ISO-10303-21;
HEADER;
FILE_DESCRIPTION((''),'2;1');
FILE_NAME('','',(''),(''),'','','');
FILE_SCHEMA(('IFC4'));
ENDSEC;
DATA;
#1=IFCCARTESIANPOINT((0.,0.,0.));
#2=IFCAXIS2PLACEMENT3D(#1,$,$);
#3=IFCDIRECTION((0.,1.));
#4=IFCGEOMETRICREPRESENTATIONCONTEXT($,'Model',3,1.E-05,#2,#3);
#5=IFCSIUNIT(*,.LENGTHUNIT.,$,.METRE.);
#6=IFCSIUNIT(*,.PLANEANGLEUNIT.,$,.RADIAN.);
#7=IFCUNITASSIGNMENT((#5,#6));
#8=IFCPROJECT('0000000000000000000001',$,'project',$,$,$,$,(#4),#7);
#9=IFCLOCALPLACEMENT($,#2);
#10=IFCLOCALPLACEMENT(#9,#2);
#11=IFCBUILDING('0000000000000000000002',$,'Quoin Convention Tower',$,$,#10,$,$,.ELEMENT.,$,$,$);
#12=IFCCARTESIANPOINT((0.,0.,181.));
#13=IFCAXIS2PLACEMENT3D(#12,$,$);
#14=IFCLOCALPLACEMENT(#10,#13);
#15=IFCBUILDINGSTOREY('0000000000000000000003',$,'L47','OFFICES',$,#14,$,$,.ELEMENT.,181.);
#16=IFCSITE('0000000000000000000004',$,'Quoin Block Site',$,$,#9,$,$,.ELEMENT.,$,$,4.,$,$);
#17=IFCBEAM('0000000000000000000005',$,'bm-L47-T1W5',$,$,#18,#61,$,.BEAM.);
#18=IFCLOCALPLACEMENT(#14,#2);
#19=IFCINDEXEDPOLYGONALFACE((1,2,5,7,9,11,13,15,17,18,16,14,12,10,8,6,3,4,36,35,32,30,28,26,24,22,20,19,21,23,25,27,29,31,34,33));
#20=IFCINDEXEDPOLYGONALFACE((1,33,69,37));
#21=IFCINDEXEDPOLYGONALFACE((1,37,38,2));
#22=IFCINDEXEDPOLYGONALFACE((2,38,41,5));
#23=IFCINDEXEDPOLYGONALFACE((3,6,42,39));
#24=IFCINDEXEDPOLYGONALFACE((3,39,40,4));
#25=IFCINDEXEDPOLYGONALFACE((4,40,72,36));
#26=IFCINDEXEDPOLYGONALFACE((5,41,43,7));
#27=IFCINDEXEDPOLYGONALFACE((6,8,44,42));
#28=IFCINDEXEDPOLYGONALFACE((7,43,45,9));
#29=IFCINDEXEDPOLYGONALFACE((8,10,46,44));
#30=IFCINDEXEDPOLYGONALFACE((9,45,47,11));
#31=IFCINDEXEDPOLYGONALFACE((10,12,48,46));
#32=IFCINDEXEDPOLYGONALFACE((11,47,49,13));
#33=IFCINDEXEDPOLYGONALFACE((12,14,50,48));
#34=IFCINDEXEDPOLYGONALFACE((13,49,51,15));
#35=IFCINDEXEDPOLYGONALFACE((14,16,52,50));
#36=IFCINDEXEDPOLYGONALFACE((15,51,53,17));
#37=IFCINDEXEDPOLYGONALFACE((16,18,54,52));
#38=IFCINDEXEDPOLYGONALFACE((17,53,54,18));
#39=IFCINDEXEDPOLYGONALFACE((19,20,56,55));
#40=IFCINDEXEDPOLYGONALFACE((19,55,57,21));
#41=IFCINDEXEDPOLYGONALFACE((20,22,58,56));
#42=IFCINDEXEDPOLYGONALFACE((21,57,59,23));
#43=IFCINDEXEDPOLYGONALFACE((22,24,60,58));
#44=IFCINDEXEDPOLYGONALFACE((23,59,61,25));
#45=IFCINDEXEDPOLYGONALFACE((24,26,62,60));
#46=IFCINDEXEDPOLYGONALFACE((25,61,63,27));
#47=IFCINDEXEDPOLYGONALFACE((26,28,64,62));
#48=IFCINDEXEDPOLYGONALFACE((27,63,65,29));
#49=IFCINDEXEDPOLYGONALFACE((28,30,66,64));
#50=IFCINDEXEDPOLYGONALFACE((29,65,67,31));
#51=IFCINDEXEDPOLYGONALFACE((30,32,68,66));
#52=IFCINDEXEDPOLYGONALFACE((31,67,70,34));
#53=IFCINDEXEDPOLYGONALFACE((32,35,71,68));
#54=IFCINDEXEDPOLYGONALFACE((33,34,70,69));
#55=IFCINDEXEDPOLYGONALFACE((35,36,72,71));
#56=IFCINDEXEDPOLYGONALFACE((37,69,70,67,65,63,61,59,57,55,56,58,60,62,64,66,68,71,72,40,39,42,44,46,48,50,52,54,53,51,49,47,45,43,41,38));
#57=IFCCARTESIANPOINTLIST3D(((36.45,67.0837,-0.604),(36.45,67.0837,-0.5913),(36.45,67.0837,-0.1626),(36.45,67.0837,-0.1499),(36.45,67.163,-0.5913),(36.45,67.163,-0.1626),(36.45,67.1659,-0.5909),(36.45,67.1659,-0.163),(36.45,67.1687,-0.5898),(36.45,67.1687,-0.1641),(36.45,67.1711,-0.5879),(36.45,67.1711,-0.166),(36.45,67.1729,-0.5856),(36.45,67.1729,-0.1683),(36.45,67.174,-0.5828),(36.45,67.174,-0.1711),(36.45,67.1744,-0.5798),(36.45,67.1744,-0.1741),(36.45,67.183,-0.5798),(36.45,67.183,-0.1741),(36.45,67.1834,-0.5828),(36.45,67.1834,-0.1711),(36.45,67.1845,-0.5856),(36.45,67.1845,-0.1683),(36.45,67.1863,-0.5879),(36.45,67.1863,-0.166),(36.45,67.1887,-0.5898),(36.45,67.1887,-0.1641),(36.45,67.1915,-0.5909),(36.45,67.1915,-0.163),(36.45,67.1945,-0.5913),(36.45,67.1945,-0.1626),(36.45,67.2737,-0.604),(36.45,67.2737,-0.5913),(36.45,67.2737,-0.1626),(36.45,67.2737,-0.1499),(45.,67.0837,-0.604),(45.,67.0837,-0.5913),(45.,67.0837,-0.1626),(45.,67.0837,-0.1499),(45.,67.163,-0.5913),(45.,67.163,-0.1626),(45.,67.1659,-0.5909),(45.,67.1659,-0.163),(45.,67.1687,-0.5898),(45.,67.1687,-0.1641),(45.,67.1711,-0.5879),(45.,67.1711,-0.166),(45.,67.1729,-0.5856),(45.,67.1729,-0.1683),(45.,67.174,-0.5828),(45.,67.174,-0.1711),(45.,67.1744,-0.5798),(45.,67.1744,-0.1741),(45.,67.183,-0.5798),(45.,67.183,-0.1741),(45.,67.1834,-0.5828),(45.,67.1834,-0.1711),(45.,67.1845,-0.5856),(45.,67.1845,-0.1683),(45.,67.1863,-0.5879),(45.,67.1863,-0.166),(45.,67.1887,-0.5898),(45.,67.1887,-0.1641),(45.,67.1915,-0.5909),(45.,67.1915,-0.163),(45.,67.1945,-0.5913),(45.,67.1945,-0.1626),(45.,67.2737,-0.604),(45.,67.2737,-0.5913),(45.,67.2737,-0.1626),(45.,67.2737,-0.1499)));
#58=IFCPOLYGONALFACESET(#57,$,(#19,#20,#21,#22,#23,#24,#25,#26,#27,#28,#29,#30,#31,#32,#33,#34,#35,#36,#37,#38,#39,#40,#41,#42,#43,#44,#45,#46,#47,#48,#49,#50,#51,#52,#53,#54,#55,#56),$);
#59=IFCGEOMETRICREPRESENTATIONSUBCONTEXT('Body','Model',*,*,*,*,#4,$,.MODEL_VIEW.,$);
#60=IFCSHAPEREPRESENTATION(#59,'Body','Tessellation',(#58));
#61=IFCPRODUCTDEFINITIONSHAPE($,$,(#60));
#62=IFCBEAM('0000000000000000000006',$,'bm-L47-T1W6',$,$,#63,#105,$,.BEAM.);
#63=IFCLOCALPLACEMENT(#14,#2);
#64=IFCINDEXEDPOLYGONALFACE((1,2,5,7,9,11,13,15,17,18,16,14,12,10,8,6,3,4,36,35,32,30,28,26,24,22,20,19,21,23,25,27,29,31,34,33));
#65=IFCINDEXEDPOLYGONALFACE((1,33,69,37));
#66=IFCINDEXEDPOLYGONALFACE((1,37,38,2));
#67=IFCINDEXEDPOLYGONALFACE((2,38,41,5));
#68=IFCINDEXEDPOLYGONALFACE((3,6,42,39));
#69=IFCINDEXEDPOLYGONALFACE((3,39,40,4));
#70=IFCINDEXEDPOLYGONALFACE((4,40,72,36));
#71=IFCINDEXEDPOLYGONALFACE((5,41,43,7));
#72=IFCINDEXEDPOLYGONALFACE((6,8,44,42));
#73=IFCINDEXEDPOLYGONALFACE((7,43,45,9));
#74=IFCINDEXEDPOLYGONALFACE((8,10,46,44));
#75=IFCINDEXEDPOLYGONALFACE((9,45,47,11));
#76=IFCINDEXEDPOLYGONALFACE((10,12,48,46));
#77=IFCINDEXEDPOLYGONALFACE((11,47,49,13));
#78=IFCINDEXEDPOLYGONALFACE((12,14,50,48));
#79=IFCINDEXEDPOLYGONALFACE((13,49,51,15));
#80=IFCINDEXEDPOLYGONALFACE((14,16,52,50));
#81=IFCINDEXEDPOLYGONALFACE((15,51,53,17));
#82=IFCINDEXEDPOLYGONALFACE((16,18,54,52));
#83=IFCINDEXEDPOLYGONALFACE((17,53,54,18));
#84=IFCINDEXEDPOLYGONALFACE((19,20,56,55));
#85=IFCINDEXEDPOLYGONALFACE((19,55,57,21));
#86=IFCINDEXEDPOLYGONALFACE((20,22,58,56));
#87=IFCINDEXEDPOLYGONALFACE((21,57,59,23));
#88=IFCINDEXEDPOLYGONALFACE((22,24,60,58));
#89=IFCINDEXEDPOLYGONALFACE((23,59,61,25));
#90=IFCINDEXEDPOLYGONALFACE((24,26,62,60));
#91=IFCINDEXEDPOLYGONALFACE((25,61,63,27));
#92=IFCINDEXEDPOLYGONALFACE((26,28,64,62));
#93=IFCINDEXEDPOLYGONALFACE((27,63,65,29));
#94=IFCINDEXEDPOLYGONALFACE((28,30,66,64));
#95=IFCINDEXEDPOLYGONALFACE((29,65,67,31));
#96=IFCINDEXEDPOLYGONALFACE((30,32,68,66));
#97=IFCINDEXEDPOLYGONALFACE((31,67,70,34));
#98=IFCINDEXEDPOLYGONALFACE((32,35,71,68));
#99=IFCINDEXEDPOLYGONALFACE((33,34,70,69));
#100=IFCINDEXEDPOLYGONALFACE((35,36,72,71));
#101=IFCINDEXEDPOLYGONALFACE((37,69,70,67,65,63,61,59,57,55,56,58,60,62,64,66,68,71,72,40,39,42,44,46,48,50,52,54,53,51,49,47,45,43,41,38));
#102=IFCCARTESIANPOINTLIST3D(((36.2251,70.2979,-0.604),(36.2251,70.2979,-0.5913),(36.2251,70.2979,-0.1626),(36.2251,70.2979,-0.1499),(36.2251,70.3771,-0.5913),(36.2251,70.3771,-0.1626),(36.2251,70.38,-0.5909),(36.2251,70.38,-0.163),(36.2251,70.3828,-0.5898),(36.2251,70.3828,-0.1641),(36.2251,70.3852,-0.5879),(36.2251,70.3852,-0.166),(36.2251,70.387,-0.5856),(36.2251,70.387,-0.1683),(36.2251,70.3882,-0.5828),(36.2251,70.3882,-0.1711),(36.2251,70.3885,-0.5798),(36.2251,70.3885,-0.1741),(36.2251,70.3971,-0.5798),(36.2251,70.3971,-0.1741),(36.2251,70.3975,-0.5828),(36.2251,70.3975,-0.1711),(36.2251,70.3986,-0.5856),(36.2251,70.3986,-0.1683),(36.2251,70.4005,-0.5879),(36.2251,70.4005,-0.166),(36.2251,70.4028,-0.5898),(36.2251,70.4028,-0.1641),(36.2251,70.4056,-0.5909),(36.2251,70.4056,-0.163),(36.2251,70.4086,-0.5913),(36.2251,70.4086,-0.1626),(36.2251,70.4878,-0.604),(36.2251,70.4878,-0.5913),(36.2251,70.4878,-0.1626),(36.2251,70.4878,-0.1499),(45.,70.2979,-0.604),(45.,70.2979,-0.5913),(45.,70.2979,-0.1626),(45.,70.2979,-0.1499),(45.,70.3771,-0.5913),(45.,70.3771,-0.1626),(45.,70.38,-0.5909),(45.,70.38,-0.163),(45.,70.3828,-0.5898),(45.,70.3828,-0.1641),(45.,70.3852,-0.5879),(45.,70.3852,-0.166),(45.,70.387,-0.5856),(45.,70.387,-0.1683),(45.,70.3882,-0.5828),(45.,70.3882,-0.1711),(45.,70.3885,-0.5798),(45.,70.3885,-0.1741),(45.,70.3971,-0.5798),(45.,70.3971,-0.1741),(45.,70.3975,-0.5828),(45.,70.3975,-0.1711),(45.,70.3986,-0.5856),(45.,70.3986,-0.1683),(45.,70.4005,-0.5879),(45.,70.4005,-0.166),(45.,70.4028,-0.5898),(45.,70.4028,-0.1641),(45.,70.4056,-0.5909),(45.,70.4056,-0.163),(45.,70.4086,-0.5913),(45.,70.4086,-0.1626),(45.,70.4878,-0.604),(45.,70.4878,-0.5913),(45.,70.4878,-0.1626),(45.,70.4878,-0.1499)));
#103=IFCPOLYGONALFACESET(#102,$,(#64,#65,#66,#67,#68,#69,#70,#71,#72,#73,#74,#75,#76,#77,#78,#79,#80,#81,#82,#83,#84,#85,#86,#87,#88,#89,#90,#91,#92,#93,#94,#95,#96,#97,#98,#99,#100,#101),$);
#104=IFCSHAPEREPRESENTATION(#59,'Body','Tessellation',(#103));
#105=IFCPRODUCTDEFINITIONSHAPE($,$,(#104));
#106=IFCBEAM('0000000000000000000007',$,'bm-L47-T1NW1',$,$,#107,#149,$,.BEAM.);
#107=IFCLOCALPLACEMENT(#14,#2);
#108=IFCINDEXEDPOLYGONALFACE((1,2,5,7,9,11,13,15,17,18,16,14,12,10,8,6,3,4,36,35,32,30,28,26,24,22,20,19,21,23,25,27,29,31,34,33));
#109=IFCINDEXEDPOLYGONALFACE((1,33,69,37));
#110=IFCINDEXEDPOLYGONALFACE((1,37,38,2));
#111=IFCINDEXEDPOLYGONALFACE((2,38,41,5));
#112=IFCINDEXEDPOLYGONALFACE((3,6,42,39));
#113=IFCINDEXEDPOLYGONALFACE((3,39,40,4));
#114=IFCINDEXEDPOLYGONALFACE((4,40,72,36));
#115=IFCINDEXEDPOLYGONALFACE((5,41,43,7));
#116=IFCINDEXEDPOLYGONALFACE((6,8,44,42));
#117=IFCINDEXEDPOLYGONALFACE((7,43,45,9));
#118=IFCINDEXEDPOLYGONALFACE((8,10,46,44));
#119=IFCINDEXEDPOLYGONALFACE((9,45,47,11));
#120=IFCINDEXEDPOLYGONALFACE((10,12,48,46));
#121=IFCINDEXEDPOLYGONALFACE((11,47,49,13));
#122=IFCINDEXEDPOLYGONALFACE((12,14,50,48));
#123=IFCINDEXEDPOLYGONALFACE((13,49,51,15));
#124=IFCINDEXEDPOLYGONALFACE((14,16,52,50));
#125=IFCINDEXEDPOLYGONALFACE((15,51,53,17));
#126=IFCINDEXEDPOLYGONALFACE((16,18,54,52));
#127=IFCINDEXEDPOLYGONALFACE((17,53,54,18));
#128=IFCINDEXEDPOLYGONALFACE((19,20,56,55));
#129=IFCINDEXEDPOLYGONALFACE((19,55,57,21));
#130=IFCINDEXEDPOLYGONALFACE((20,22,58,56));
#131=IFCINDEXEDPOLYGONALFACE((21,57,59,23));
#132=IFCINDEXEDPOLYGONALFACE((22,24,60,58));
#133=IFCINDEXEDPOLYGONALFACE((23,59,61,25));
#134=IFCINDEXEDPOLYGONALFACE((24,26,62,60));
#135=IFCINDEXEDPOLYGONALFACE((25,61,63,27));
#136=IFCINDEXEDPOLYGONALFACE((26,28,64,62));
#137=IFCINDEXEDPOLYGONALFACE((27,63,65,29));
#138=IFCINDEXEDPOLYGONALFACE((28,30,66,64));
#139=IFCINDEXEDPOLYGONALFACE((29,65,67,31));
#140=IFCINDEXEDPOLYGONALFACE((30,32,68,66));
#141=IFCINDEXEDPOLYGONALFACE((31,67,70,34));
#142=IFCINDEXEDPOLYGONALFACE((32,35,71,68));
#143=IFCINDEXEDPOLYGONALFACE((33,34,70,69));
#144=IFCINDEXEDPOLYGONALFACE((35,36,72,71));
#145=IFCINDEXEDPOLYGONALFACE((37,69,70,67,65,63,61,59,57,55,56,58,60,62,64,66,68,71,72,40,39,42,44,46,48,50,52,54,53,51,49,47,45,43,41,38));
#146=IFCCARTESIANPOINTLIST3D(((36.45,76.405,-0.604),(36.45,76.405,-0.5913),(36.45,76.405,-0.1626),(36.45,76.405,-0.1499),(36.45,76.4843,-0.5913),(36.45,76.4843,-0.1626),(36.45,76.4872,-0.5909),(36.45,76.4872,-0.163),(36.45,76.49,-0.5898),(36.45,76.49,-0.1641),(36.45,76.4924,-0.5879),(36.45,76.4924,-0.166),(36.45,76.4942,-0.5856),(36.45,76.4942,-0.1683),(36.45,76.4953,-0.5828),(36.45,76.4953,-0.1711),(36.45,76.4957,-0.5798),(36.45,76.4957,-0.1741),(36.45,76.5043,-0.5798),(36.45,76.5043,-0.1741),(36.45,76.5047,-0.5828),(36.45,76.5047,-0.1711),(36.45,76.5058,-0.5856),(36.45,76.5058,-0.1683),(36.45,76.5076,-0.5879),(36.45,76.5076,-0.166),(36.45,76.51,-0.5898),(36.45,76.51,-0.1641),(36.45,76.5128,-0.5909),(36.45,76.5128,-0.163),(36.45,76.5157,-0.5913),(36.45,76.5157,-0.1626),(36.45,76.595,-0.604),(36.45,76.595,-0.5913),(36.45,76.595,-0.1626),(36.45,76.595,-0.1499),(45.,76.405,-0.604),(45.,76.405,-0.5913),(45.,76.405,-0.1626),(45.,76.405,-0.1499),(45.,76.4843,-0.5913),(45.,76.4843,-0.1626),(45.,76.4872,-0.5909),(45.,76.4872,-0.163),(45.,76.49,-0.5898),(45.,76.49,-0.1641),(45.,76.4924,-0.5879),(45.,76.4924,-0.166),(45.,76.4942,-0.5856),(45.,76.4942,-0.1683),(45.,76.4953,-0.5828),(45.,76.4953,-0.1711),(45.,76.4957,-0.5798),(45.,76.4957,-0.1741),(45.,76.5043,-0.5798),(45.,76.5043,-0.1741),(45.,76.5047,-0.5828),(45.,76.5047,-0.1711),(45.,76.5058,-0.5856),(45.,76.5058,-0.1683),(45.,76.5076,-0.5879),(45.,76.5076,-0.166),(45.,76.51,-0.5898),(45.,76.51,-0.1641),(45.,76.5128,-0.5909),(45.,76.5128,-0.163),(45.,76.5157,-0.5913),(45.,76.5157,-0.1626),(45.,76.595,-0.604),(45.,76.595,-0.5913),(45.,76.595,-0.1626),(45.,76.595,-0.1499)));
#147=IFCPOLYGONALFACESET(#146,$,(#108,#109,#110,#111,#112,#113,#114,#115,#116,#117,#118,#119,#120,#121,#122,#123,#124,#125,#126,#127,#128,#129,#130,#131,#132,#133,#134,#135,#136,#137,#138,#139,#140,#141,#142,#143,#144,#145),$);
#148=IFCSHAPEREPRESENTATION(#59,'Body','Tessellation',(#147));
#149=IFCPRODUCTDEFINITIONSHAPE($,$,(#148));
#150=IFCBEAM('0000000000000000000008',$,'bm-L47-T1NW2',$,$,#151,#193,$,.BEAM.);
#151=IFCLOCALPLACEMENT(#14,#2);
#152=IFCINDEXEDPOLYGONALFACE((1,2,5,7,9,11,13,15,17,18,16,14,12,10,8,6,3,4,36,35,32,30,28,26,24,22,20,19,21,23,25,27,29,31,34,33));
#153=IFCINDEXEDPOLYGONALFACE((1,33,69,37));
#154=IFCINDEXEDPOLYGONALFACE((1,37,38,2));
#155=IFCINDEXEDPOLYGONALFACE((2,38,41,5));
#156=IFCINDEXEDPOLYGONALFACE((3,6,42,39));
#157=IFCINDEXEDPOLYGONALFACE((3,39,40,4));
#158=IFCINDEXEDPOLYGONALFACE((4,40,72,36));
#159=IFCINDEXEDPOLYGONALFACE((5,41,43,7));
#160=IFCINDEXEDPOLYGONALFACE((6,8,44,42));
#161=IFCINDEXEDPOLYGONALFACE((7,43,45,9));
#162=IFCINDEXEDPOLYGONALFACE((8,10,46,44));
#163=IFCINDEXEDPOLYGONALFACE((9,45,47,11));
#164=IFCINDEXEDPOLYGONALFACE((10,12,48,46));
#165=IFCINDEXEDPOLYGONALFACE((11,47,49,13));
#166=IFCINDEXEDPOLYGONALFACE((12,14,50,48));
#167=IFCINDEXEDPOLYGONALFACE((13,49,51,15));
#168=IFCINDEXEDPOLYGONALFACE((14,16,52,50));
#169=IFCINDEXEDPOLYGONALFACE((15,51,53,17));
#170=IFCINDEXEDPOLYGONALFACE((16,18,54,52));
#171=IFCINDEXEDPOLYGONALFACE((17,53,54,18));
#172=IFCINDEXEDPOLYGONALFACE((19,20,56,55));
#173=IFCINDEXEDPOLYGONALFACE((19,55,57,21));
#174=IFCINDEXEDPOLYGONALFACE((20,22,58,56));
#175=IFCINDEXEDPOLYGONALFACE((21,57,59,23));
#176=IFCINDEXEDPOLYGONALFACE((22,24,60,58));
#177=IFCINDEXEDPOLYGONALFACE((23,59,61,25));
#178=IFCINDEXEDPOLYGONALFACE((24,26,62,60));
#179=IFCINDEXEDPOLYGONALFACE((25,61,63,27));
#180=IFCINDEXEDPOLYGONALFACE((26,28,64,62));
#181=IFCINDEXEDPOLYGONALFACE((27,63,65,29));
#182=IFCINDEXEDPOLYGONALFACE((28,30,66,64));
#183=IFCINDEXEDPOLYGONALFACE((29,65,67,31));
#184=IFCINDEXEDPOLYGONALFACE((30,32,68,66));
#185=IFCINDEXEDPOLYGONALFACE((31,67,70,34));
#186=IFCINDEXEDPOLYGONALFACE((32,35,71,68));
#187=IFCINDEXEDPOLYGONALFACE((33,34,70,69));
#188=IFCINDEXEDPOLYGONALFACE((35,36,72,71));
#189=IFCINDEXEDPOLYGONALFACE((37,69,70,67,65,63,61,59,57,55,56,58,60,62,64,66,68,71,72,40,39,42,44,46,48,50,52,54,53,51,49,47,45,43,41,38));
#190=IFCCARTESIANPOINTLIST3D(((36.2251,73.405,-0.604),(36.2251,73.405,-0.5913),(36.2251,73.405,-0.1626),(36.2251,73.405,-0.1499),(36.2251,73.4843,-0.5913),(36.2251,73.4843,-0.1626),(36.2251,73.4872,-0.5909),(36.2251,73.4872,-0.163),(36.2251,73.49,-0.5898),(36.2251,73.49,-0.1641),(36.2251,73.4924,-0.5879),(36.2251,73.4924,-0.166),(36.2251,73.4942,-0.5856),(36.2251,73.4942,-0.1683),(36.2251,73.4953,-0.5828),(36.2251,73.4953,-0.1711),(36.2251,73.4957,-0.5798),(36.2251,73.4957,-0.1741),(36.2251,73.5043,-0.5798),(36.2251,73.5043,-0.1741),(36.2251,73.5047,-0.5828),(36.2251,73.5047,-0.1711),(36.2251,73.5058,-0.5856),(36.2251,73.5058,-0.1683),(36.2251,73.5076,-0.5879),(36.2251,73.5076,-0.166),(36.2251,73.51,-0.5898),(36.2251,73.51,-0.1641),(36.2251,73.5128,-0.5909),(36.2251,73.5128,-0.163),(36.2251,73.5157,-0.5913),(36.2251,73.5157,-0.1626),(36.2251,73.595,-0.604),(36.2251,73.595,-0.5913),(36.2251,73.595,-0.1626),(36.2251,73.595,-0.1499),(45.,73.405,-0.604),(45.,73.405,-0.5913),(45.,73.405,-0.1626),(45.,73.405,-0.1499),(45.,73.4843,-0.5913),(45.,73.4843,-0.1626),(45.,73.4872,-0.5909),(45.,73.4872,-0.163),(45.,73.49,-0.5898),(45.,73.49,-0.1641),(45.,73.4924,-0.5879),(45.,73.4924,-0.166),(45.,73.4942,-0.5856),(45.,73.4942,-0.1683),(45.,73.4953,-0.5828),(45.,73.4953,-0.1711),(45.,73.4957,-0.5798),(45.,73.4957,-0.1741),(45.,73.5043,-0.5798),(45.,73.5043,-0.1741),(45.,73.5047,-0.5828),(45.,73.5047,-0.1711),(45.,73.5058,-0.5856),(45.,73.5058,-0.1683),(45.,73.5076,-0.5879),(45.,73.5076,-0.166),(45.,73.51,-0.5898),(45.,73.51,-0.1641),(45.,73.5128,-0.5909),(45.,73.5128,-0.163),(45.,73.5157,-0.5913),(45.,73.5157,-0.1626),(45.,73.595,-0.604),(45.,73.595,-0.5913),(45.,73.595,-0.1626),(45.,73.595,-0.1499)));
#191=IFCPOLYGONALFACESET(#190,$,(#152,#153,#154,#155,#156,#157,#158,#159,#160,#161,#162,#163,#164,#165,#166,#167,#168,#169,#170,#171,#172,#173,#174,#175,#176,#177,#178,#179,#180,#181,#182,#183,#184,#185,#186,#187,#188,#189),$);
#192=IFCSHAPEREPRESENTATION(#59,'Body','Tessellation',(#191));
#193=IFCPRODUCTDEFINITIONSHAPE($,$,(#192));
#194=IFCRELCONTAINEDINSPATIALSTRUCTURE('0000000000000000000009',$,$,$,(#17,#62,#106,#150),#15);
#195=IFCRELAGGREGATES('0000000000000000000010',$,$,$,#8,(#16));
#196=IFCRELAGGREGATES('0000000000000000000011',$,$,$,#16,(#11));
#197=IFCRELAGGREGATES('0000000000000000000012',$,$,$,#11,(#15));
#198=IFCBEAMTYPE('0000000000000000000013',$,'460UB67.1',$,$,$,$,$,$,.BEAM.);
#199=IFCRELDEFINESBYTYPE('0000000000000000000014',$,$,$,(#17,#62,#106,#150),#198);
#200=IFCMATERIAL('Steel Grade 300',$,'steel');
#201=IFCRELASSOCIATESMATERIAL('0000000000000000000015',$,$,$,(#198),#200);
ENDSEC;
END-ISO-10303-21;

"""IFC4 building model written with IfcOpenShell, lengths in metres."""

from ifc_helpers import new_model, si_unit, direction, frame, origin, origin_2d, place, context, subcontext, project, spatial, i_section, extrude, material, material_profile, profile_set, type_object, element, save


model = new_model("IFC4")

# Units and contexts
model_context = context("Model", 3, precision=1e-05, world=origin(), true_north=direction((0.0, 1.0)))
body_context = subcontext(model_context, "Body", "Model", "MODEL_VIEW")
ifc_project = project(units=[si_unit("LENGTHUNIT", "METRE"), si_unit("PLANEANGLEUNIT", "RADIAN")], contexts=[model_context])

# Site, building, storey
site_placement = place(None, origin())
site = spatial("IfcSite", under=ifc_project, at=site_placement, Name="Quoin Block Site", CompositionType="ELEMENT", RefElevation=4.0)
building_placement = place(site_placement, origin())
building = spatial("IfcBuilding", under=site, at=building_placement, Name="Quoin Convention Tower", CompositionType="ELEMENT")
storey_placement = place(building_placement, frame((0.0, 0.0, 181.0)))
storey = spatial("IfcBuildingStorey", under=building, at=storey_placement, Name="L47", Description="OFFICES", CompositionType="ELEMENT", Elevation=181.0)

# Beams
ifc_material_1 = material(Name="Steel Grade 300", Category="steel")
ifc_material_profile_1 = material_profile(ifc_material_1, i_section(OverallWidth=0.1899, OverallDepth=0.4541, WebThickness=0.0085, FlangeThickness=0.0127, FilletRadius=0.0115, at=origin_2d()), Name="460UB67.1")
ifc_profile_set_1 = profile_set([ifc_material_profile_1], Name="Steel Grade 300")
beam_type_1 = type_object("IfcBeamType", Name="460UB67.1", PredefinedType="BEAM", material=ifc_profile_set_1)
beam_1_placement = place(storey_placement, frame((36.45, 67.1787, -0.377), z_axis=(1.0, 0.0, 0.0), x_axis=(0.0, 1.0, 0.0)))
element("IfcBeam", 1, at=beam_1_placement, inside=storey, type_object=beam_type_1, Name="bm-L47-T1W5", PredefinedType="BEAM", context=body_context, shape_type="SweptSolid", body=[
    extrude(i_section(OverallWidth=0.1899, OverallDepth=0.4541, WebThickness=0.0085, FlangeThickness=0.0127, FilletRadius=0.0115, at=origin_2d()), origin(), (0.0, 0.0, 1.0), 8.55),
])
beam_2_placement = place(storey_placement, frame((36.2251, 70.3928, -0.377), z_axis=(1.0, 0.0, 0.0), x_axis=(0.0, 1.0, 0.0)))
element("IfcBeam", 2, at=beam_2_placement, inside=storey, type_object=beam_type_1, Name="bm-L47-T1W6", PredefinedType="BEAM", context=body_context, shape_type="SweptSolid", body=[
    extrude(i_section(OverallWidth=0.1899, OverallDepth=0.4541, WebThickness=0.0085, FlangeThickness=0.0127, FilletRadius=0.0115, at=origin_2d()), origin(), (0.0, 0.0, 1.0), 8.7749),
])
beam_3_placement = place(storey_placement, frame((36.45, 76.5, -0.377), z_axis=(1.0, 0.0, 0.0), x_axis=(0.0, 1.0, 0.0)))
element("IfcBeam", 3, at=beam_3_placement, inside=storey, type_object=beam_type_1, Name="bm-L47-T1NW1", PredefinedType="BEAM", context=body_context, shape_type="SweptSolid", body=[
    extrude(i_section(OverallWidth=0.1899, OverallDepth=0.4541, WebThickness=0.0085, FlangeThickness=0.0127, FilletRadius=0.0115, at=origin_2d()), origin(), (0.0, 0.0, 1.0), 8.55),
])
beam_4_placement = place(storey_placement, frame((36.2251, 73.5, -0.377), z_axis=(1.0, 0.0, 0.0), x_axis=(0.0, 1.0, 0.0)))
element("IfcBeam", 4, at=beam_4_placement, inside=storey, type_object=beam_type_1, Name="bm-L47-T1NW2", PredefinedType="BEAM", context=body_context, shape_type="SweptSolid", body=[
    extrude(i_section(OverallWidth=0.1899, OverallDepth=0.4541, WebThickness=0.0085, FlangeThickness=0.0127, FilletRadius=0.0115, at=origin_2d()), origin(), (0.0, 0.0, 1.0), 8.7749),
])

save(model, "model.ifc")
